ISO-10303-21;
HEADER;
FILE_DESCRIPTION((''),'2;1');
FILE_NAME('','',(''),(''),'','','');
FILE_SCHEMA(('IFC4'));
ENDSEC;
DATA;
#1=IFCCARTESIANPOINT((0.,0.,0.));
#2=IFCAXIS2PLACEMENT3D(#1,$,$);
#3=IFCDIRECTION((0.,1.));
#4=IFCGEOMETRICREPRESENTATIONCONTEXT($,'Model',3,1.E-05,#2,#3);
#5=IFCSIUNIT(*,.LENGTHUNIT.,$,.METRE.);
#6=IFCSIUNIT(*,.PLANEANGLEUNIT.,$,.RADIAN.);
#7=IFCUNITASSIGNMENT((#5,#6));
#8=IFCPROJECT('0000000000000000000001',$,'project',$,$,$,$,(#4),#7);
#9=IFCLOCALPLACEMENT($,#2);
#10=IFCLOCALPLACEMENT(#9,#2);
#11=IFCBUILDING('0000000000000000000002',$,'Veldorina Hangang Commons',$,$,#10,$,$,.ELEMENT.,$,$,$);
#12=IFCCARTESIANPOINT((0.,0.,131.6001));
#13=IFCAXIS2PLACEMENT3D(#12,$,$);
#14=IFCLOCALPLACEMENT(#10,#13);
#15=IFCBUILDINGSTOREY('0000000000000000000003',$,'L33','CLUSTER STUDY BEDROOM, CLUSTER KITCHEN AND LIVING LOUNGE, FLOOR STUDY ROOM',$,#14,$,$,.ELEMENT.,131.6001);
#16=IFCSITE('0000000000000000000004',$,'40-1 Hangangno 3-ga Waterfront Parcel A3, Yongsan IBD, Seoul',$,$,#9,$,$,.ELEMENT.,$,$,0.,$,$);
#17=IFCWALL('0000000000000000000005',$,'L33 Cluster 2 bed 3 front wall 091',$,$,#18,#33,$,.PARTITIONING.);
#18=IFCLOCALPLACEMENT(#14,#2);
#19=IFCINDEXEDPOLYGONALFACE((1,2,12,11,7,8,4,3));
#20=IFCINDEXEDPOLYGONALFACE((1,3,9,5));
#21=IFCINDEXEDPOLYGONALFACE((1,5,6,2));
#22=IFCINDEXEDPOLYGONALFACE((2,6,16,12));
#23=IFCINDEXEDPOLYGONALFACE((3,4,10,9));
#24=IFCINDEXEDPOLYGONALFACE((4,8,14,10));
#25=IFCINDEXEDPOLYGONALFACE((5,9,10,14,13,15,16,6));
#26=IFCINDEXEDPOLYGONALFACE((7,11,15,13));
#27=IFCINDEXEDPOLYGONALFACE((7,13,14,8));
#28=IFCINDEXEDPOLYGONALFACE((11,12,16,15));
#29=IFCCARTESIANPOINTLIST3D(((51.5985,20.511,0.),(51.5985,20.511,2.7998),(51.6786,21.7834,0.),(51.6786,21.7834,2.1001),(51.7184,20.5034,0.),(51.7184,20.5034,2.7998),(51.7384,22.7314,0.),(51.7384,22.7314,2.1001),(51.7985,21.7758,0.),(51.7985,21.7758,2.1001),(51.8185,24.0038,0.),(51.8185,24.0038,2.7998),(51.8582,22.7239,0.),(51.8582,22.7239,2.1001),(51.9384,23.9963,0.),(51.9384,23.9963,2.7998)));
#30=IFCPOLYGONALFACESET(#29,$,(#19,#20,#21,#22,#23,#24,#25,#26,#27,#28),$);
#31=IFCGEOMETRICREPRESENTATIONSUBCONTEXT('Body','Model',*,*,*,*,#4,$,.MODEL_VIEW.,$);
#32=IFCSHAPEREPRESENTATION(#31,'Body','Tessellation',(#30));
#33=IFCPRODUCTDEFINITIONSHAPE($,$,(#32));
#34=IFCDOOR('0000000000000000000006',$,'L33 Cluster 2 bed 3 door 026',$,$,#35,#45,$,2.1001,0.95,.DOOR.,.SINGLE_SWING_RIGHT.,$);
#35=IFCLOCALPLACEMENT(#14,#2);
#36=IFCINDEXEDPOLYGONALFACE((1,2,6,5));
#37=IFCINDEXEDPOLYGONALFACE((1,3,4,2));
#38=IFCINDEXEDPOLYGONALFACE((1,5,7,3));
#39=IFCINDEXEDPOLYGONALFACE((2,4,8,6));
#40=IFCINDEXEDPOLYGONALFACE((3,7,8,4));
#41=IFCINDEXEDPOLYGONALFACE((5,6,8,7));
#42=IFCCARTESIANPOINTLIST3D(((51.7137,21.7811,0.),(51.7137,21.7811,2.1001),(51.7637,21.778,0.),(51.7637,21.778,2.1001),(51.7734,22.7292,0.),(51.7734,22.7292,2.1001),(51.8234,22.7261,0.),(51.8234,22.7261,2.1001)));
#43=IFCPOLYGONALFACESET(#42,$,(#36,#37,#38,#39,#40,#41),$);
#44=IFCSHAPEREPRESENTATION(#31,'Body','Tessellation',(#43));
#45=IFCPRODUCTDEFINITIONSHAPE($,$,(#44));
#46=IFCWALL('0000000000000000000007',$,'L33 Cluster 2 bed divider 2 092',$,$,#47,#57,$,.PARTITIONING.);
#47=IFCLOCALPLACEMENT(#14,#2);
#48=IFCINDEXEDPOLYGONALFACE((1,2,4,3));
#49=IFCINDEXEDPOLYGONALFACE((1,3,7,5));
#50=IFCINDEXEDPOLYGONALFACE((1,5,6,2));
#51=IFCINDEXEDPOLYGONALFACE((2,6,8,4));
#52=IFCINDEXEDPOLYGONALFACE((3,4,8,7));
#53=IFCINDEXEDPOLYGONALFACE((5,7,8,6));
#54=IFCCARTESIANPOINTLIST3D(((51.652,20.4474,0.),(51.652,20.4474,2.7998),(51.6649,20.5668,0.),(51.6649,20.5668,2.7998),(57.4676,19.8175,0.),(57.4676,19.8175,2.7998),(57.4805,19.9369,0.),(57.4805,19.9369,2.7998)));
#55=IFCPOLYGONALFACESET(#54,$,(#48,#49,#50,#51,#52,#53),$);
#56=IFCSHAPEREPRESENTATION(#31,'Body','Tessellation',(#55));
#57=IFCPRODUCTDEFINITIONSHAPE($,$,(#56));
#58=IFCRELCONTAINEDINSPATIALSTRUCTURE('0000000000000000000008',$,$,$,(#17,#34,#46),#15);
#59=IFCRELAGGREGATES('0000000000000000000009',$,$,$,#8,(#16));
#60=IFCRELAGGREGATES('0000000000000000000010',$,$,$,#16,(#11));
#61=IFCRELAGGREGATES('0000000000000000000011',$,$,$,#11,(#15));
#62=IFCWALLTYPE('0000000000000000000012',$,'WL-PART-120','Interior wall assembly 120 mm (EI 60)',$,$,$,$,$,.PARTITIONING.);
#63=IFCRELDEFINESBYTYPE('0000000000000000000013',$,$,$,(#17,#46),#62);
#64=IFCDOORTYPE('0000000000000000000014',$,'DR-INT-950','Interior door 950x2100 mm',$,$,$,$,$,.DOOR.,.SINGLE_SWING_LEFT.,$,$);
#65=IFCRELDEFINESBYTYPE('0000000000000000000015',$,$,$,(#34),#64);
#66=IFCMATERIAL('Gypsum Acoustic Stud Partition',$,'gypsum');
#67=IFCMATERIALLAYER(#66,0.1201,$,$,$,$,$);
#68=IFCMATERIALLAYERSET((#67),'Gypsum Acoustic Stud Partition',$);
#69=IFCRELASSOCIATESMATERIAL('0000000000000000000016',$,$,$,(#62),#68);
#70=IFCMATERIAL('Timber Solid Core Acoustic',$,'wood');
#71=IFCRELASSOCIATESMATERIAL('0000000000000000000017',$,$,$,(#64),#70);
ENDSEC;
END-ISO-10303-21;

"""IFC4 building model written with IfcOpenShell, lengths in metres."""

from ifc_helpers import new_model, si_unit, direction, frame, frame_2d, origin, place, context, subcontext, project, spatial, rectangle, extrude, material, layer, layer_set, type_object, element, fill, save


model = new_model("IFC4")

# Units and contexts
model_context = context("Model", 3, precision=1e-05, world=origin(), true_north=direction((0.0, 1.0)))
body_context = subcontext(model_context, "Body", "Model", "MODEL_VIEW")
ifc_project = project(units=[si_unit("LENGTHUNIT", "METRE"), si_unit("PLANEANGLEUNIT", "RADIAN")], contexts=[model_context])

# Site, building, storey
site_placement = place(None, origin())
site = spatial("IfcSite", under=ifc_project, at=site_placement, Name="40-1 Hangangno 3-ga Waterfront Parcel A3, Yongsan IBD, Seoul", CompositionType="ELEMENT", RefElevation=0.0)
building_placement = place(site_placement, origin())
building = spatial("IfcBuilding", under=site, at=building_placement, Name="Veldorina Hangang Commons", CompositionType="ELEMENT")
storey_placement = place(building_placement, frame((0.0, 0.0, 131.6001)))
storey = spatial("IfcBuildingStorey", under=building, at=storey_placement, Name="L33", Description="CLUSTER STUDY BEDROOM, CLUSTER KITCHEN AND LIVING LOUNGE, FLOOR STUDY ROOM", CompositionType="ELEMENT", Elevation=131.6001)

# Shared definitions
ifc_material_1 = material(Name="Gypsum Acoustic Stud Partition", Category="gypsum")
ifc_layer_1 = layer(ifc_material_1, 0.1201)
ifc_layer_set_1 = layer_set([ifc_layer_1], Name="Gypsum Acoustic Stud Partition")
wall_type_1 = type_object("IfcWallType", Name="WL-PART-120", Description="Interior wall assembly 120 mm (EI 60)", PredefinedType="PARTITIONING", material=ifc_layer_set_1)

# Shared definitions
ifc_material_2 = material(Name="Timber Solid Core Acoustic", Category="wood")
door_type_1 = type_object("IfcDoorType", Name="DR-INT-950", Description="Interior door 950x2100 mm", OperationType="SINGLE_SWING_LEFT", PredefinedType="DOOR", material=ifc_material_2)

# Wall, opening, door
wall_1_placement = place(storey_placement, frame((51.6584, 20.5071, 0.0), z_axis=(0.0, 0.0, 1.0), x_axis=(0.062852, 0.998023, 0.0)))
wall_1 = element("IfcWall", 1, at=wall_1_placement, inside=storey, type_object=wall_type_1, Name="L33 Cluster 2 bed 3 front wall 091", PredefinedType="PARTITIONING", context=body_context, shape_type="SweptSolid", body=[
    extrude(rectangle(XDim=3.4998, YDim=0.1201, at=frame_2d((1.75, 0.0))), origin(), (0.0, 0.0, 1.0), 2.7998),
])
opening_1_placement = place(wall_1_placement, frame((1.2749, 0.0, 0.0)))
opening_1 = element("IfcOpeningElement", 2, at=opening_1_placement, cuts=wall_1, PredefinedType="OPENING", context=body_context, shape_type="SweptSolid", body=[
    extrude(rectangle(XDim=0.95, YDim=2.1001, at=frame_2d((0.4751, 1.05))), frame((0.0, 0.0701, 0.0), z_axis=(0.0, -1.0, 0.0), x_axis=(1.0, 0.0, 0.0)), (0.0, 0.0, 1.0), 0.1401),
])
door_1_placement = place(opening_1_placement, origin())
door_1 = element("IfcDoor", 3, at=door_1_placement, inside=storey, type_object=door_type_1, Name="L33 Cluster 2 bed 3 door 026", OperationType="SINGLE_SWING_RIGHT", OverallHeight=2.1001, OverallWidth=0.95, PredefinedType="DOOR", context=body_context, shape_type="SweptSolid", body=[
    extrude(rectangle(XDim=0.95, YDim=2.1001, at=frame_2d((0.4751, 1.05))), frame((0.0, 0.0249, 0.0), z_axis=(0.0, -1.0, 0.0), x_axis=(1.0, 0.0, 0.0)), (0.0, 0.0, 1.0), 0.05),
])
fill(opening_1, door_1)

# Wall
wall_2_placement = place(storey_placement, frame((51.6584, 20.5071, 0.0), z_axis=(0.0, 0.0, 1.0), x_axis=(0.994186, -0.107678, 0.0)))
element("IfcWall", 4, at=wall_2_placement, inside=storey, type_object=wall_type_1, Name="L33 Cluster 2 bed divider 2 092", PredefinedType="PARTITIONING", context=body_context, shape_type="SweptSolid", body=[
    extrude(rectangle(XDim=5.8496, YDim=0.1201, at=frame_2d((2.9248, 0.0))), origin(), (0.0, 0.0, 1.0), 2.7998),
])

save(model, "model.ifc")
